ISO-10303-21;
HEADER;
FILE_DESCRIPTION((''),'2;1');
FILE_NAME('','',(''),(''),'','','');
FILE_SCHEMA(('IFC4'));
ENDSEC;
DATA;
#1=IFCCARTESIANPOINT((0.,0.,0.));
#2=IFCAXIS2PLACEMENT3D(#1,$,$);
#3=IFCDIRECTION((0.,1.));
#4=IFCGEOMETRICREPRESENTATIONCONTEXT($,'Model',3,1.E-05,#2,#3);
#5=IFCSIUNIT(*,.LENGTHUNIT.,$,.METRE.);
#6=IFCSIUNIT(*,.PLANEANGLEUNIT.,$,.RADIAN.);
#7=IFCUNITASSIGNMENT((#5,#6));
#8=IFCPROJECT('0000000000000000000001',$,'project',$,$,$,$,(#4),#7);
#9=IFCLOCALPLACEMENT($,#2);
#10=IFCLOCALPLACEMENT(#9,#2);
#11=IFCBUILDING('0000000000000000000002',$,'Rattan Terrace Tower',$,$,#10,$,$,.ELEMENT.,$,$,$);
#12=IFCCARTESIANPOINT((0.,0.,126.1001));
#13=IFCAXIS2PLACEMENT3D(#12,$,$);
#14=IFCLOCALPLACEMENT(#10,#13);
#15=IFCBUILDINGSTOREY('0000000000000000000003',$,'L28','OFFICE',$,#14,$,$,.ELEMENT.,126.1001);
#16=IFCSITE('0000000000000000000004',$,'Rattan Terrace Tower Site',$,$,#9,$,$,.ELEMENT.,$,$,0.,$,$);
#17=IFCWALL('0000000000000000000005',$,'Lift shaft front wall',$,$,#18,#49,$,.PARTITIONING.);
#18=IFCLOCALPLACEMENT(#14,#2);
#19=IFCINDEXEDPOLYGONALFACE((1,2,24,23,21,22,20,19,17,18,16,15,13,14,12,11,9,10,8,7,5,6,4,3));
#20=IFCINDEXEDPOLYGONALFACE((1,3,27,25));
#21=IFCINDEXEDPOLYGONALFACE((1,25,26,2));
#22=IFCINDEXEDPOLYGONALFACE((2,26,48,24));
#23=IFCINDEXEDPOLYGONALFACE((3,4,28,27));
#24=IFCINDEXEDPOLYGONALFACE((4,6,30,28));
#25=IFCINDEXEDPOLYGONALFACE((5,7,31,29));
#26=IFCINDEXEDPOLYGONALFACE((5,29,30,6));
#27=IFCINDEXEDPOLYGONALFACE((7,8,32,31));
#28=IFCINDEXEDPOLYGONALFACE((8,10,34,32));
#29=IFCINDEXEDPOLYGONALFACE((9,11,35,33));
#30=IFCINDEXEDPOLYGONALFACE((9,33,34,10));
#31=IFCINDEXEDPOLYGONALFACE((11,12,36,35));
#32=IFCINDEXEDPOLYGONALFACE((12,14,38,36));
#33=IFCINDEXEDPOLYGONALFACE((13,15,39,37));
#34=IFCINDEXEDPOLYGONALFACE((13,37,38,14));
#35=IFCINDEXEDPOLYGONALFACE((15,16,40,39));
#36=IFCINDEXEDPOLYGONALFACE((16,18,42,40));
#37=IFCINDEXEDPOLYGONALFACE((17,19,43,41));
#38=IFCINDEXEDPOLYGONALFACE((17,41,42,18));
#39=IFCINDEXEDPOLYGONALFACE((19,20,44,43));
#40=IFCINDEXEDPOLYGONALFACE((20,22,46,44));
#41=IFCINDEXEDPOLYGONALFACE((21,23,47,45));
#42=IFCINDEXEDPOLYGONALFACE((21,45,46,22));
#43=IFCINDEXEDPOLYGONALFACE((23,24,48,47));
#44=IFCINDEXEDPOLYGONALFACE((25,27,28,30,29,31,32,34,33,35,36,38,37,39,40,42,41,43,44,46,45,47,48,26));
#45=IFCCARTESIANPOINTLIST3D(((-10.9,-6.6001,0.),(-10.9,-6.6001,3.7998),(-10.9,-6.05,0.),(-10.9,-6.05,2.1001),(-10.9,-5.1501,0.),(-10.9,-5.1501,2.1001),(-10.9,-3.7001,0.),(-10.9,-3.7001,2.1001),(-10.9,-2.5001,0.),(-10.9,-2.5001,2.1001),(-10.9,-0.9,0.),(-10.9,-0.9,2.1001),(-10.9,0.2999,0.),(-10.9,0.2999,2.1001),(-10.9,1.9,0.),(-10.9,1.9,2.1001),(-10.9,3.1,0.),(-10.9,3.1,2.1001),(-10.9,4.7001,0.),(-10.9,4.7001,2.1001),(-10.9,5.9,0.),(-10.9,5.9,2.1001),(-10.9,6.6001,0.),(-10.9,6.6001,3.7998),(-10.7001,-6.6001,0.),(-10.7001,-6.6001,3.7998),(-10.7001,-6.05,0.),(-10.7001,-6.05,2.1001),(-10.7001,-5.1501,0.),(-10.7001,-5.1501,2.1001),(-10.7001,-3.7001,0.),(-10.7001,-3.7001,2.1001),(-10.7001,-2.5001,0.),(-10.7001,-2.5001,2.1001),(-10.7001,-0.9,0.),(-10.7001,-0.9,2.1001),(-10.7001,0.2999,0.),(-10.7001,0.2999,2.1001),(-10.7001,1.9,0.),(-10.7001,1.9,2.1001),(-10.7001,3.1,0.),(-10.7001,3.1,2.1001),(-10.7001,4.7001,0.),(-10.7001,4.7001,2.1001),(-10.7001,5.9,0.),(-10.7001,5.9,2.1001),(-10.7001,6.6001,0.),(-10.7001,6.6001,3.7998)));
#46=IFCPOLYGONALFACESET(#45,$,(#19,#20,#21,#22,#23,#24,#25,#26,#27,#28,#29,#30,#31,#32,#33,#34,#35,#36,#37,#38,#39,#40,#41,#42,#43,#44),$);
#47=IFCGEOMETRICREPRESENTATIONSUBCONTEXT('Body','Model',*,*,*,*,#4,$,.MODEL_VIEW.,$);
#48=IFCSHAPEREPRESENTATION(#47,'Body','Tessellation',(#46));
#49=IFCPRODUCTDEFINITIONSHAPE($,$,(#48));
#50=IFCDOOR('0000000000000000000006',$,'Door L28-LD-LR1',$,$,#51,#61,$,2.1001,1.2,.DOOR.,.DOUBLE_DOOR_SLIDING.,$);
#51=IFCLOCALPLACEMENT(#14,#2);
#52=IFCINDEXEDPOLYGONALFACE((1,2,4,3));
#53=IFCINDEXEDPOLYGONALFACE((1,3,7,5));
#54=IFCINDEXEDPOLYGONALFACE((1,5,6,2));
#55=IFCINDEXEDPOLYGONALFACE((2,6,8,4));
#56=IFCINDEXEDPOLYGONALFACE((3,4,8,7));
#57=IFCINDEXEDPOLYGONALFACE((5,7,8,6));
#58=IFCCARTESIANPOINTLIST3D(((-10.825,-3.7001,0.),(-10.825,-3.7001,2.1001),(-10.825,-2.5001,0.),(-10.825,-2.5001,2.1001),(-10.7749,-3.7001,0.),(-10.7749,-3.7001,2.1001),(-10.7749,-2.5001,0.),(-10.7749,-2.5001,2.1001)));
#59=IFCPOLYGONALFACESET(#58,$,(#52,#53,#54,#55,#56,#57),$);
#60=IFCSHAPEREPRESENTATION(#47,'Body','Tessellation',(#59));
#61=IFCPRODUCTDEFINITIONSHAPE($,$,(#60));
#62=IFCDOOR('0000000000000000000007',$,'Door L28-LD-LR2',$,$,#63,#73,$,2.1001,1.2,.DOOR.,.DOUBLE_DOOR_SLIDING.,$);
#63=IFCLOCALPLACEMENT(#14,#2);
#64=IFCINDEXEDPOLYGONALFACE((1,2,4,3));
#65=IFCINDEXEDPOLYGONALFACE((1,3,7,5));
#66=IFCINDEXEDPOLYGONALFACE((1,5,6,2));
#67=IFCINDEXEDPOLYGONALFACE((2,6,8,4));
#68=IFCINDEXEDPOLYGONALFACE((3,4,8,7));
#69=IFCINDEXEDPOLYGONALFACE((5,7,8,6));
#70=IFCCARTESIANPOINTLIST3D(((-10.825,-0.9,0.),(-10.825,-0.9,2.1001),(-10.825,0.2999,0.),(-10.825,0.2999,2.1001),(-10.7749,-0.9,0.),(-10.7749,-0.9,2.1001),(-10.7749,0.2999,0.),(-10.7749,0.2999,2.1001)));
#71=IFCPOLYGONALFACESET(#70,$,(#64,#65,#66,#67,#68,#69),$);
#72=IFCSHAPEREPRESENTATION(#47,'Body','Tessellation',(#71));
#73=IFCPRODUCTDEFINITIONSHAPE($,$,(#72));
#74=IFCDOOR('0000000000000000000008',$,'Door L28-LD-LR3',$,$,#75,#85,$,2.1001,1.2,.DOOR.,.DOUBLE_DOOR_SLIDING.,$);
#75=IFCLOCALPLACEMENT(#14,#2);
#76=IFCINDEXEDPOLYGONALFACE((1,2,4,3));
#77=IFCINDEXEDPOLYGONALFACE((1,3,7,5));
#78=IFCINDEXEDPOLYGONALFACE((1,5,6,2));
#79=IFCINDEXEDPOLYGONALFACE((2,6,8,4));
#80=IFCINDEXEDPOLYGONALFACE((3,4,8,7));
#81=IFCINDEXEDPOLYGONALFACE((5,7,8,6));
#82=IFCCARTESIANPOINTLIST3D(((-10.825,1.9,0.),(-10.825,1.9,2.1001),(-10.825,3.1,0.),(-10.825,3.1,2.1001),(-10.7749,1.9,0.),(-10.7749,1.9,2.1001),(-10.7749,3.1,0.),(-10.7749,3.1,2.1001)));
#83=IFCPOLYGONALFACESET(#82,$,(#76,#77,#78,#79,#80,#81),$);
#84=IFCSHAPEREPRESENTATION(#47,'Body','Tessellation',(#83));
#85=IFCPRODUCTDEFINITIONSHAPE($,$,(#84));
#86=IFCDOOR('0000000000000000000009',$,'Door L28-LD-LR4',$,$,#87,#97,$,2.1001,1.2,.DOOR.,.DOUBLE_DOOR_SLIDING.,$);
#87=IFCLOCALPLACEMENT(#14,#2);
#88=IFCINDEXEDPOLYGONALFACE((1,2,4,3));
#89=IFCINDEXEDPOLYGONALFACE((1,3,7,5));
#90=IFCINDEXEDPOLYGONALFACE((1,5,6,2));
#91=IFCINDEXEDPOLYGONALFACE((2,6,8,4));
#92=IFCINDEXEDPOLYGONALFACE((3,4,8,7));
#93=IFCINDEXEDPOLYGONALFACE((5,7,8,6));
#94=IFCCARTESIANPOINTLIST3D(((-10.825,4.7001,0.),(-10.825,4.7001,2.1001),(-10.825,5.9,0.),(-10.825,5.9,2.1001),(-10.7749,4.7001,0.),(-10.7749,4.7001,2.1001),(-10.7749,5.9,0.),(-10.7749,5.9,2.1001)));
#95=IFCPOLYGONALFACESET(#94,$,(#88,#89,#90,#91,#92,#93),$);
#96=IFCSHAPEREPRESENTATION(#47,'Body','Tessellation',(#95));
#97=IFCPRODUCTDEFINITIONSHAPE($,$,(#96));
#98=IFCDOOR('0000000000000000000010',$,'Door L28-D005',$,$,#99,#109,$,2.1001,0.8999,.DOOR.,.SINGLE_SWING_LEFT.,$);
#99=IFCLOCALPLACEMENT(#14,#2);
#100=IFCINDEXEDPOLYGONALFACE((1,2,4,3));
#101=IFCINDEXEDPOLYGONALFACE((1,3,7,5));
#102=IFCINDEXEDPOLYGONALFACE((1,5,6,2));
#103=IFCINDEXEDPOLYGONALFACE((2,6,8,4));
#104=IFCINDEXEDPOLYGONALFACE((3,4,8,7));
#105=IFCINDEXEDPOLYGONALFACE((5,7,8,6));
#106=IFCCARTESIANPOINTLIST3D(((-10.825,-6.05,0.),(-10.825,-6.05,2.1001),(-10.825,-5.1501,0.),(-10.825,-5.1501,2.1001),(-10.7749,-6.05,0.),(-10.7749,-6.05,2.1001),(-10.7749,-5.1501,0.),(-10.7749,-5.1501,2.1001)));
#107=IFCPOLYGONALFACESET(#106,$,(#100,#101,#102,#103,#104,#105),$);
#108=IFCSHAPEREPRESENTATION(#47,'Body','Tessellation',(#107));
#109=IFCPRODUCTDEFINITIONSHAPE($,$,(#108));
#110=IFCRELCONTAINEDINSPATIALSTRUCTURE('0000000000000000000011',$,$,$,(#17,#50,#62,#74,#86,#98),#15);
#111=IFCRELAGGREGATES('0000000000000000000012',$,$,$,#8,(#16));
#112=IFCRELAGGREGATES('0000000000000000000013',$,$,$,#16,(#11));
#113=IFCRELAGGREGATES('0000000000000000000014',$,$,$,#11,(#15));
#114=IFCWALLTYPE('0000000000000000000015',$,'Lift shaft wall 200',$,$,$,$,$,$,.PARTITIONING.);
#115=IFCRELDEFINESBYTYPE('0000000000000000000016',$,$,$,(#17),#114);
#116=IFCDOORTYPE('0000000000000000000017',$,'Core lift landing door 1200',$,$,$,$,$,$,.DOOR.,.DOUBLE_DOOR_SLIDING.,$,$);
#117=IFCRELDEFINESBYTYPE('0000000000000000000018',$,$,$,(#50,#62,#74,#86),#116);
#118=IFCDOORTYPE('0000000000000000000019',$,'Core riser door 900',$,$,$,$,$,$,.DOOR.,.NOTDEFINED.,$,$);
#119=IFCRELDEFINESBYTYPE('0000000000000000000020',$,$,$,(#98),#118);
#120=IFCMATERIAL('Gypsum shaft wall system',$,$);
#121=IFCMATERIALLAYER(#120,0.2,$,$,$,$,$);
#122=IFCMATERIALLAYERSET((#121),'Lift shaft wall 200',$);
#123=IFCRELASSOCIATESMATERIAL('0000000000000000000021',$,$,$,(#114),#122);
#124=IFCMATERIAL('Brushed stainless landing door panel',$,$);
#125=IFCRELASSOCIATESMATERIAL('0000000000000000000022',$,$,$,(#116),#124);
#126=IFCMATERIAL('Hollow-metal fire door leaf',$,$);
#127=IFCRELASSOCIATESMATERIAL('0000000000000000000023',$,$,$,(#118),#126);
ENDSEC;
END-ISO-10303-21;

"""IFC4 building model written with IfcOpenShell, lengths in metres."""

from ifc_helpers import new_model, si_unit, direction, frame, frame_2d, origin, place, context, subcontext, project, spatial, rectangle, extrude, material, layer, layer_set, type_object, element, fill, save


model = new_model("IFC4")

# Units and contexts
model_context = context("Model", 3, precision=1e-05, world=origin(), true_north=direction((0.0, 1.0)))
body_context = subcontext(model_context, "Body", "Model", "MODEL_VIEW")
ifc_project = project(units=[si_unit("LENGTHUNIT", "METRE"), si_unit("PLANEANGLEUNIT", "RADIAN")], contexts=[model_context])

# Site, building, storey
site_placement = place(None, origin())
site = spatial("IfcSite", under=ifc_project, at=site_placement, Name="Rattan Terrace Tower Site", CompositionType="ELEMENT", RefElevation=0.0)
building_placement = place(site_placement, origin())
building = spatial("IfcBuilding", under=site, at=building_placement, Name="Rattan Terrace Tower", CompositionType="ELEMENT")
storey_placement = place(building_placement, frame((0.0, 0.0, 126.1001)))
storey = spatial("IfcBuildingStorey", under=building, at=storey_placement, Name="L28", Description="OFFICE", CompositionType="ELEMENT", Elevation=126.1001)

# Wall, openings, doors
ifc_material_1 = material(Name="Gypsum shaft wall system")
ifc_layer_1 = layer(ifc_material_1, 0.2)
ifc_layer_set_1 = layer_set([ifc_layer_1], Name="Lift shaft wall 200")
wall_type_1 = type_object("IfcWallType", Name="Lift shaft wall 200", PredefinedType="PARTITIONING", material=ifc_layer_set_1)
wall_1_placement = place(storey_placement, frame((-10.8, -6.6001, 0.0), z_axis=(0.0, 0.0, 1.0), x_axis=(0.0, 1.0, 0.0)))
wall_1 = element("IfcWall", 1, at=wall_1_placement, inside=storey, type_object=wall_type_1, Name="Lift shaft front wall", PredefinedType="PARTITIONING", context=body_context, shape_type="SweptSolid", body=[
    extrude(rectangle(XDim=13.2002, YDim=0.2, at=frame_2d((6.6001, 0.0))), origin(), (0.0, 0.0, 1.0), 3.7998),
])
opening_1_placement = place(wall_1_placement, frame((0.55, 0.0, 0.0)))
opening_1 = element("IfcOpeningElement", 2, at=opening_1_placement, cuts=wall_1, PredefinedType="OPENING", context=body_context, shape_type="SweptSolid", body=[
    extrude(rectangle(XDim=0.8999, YDim=2.1001, at=frame_2d((0.45, 1.05))), frame((0.0, 0.1106, 0.0), z_axis=(0.0, -1.0, 0.0), x_axis=(1.0, 0.0, 0.0)), (0.0, 0.0, 1.0), 0.2209),
])
opening_2_placement = place(wall_1_placement, frame((2.8999, 0.0, 0.0)))
opening_2 = element("IfcOpeningElement", 3, at=opening_2_placement, cuts=wall_1, PredefinedType="OPENING", context=body_context, shape_type="SweptSolid", body=[
    extrude(rectangle(XDim=1.2, YDim=2.1001, at=frame_2d((0.6001, 1.05))), frame((0.0, 0.1106, 0.0), z_axis=(0.0, -1.0, 0.0), x_axis=(1.0, 0.0, 0.0)), (0.0, 0.0, 1.0), 0.2209),
])
opening_3_placement = place(wall_1_placement, frame((5.7, 0.0, 0.0)))
opening_3 = element("IfcOpeningElement", 4, at=opening_3_placement, cuts=wall_1, PredefinedType="OPENING", context=body_context, shape_type="SweptSolid", body=[
    extrude(rectangle(XDim=1.2, YDim=2.1001, at=frame_2d((0.6001, 1.05))), frame((0.0, 0.1106, 0.0), z_axis=(0.0, -1.0, 0.0), x_axis=(1.0, 0.0, 0.0)), (0.0, 0.0, 1.0), 0.2209),
])
opening_4_placement = place(wall_1_placement, frame((8.5, 0.0, 0.0)))
opening_4 = element("IfcOpeningElement", 5, at=opening_4_placement, cuts=wall_1, PredefinedType="OPENING", context=body_context, shape_type="SweptSolid", body=[
    extrude(rectangle(XDim=1.2, YDim=2.1001, at=frame_2d((0.6001, 1.05))), frame((0.0, 0.1106, 0.0), z_axis=(0.0, -1.0, 0.0), x_axis=(1.0, 0.0, 0.0)), (0.0, 0.0, 1.0), 0.2209),
])
opening_5_placement = place(wall_1_placement, frame((11.3, 0.0, 0.0)))
opening_5 = element("IfcOpeningElement", 6, at=opening_5_placement, cuts=wall_1, PredefinedType="OPENING", context=body_context, shape_type="SweptSolid", body=[
    extrude(rectangle(XDim=1.2, YDim=2.1001, at=frame_2d((0.6001, 1.05))), frame((0.0, 0.1106, 0.0), z_axis=(0.0, -1.0, 0.0), x_axis=(1.0, 0.0, 0.0)), (0.0, 0.0, 1.0), 0.2209),
])
ifc_material_2 = material(Name="Brushed stainless landing door panel")
door_type_1 = type_object("IfcDoorType", Name="Core lift landing door 1200", OperationType="DOUBLE_DOOR_SLIDING", PredefinedType="DOOR", material=ifc_material_2)
door_1_placement = place(opening_2_placement, origin())
door_1 = element("IfcDoor", 7, at=door_1_placement, inside=storey, type_object=door_type_1, Name="Door L28-LD-LR1", OperationType="DOUBLE_DOOR_SLIDING", OverallHeight=2.1001, OverallWidth=1.2, PredefinedType="DOOR", context=body_context, shape_type="SweptSolid", body=[
    extrude(rectangle(XDim=1.2, YDim=2.1001, at=frame_2d((0.6001, 1.05))), frame((0.0, 0.0249, 0.0), z_axis=(0.0, -1.0, 0.0), x_axis=(1.0, 0.0, 0.0)), (0.0, 0.0, 1.0), 0.05),
])
fill(opening_2, door_1)
door_2_placement = place(opening_3_placement, origin())
door_2 = element("IfcDoor", 8, at=door_2_placement, inside=storey, type_object=door_type_1, Name="Door L28-LD-LR2", OperationType="DOUBLE_DOOR_SLIDING", OverallHeight=2.1001, OverallWidth=1.2, PredefinedType="DOOR", context=body_context, shape_type="SweptSolid", body=[
    extrude(rectangle(XDim=1.2, YDim=2.1001, at=frame_2d((0.6001, 1.05))), frame((0.0, 0.0249, 0.0), z_axis=(0.0, -1.0, 0.0), x_axis=(1.0, 0.0, 0.0)), (0.0, 0.0, 1.0), 0.05),
])
fill(opening_3, door_2)
door_3_placement = place(opening_4_placement, origin())
door_3 = element("IfcDoor", 9, at=door_3_placement, inside=storey, type_object=door_type_1, Name="Door L28-LD-LR3", OperationType="DOUBLE_DOOR_SLIDING", OverallHeight=2.1001, OverallWidth=1.2, PredefinedType="DOOR", context=body_context, shape_type="SweptSolid", body=[
    extrude(rectangle(XDim=1.2, YDim=2.1001, at=frame_2d((0.6001, 1.05))), frame((0.0, 0.0249, 0.0), z_axis=(0.0, -1.0, 0.0), x_axis=(1.0, 0.0, 0.0)), (0.0, 0.0, 1.0), 0.05),
])
fill(opening_4, door_3)
door_4_placement = place(opening_5_placement, origin())
door_4 = element("IfcDoor", 10, at=door_4_placement, inside=storey, type_object=door_type_1, Name="Door L28-LD-LR4", OperationType="DOUBLE_DOOR_SLIDING", OverallHeight=2.1001, OverallWidth=1.2, PredefinedType="DOOR", context=body_context, shape_type="SweptSolid", body=[
    extrude(rectangle(XDim=1.2, YDim=2.1001, at=frame_2d((0.6001, 1.05))), frame((0.0, 0.0249, 0.0), z_axis=(0.0, -1.0, 0.0), x_axis=(1.0, 0.0, 0.0)), (0.0, 0.0, 1.0), 0.05),
])
fill(opening_5, door_4)
ifc_material_3 = material(Name="Hollow-metal fire door leaf")
door_type_2 = type_object("IfcDoorType", Name="Core riser door 900", OperationType="NOTDEFINED", PredefinedType="DOOR", material=ifc_material_3)
door_5_placement = place(opening_1_placement, origin())
door_5 = element("IfcDoor", 11, at=door_5_placement, inside=storey, type_object=door_type_2, Name="Door L28-D005", OperationType="SINGLE_SWING_LEFT", OverallHeight=2.1001, OverallWidth=0.8999, PredefinedType="DOOR", context=body_context, shape_type="SweptSolid", body=[
    extrude(rectangle(XDim=0.8999, YDim=2.1001, at=frame_2d((0.45, 1.05))), frame((0.0, 0.0249, 0.0), z_axis=(0.0, -1.0, 0.0), x_axis=(1.0, 0.0, 0.0)), (0.0, 0.0, 1.0), 0.05),
])
fill(opening_1, door_5)

save(model, "model.ifc")
